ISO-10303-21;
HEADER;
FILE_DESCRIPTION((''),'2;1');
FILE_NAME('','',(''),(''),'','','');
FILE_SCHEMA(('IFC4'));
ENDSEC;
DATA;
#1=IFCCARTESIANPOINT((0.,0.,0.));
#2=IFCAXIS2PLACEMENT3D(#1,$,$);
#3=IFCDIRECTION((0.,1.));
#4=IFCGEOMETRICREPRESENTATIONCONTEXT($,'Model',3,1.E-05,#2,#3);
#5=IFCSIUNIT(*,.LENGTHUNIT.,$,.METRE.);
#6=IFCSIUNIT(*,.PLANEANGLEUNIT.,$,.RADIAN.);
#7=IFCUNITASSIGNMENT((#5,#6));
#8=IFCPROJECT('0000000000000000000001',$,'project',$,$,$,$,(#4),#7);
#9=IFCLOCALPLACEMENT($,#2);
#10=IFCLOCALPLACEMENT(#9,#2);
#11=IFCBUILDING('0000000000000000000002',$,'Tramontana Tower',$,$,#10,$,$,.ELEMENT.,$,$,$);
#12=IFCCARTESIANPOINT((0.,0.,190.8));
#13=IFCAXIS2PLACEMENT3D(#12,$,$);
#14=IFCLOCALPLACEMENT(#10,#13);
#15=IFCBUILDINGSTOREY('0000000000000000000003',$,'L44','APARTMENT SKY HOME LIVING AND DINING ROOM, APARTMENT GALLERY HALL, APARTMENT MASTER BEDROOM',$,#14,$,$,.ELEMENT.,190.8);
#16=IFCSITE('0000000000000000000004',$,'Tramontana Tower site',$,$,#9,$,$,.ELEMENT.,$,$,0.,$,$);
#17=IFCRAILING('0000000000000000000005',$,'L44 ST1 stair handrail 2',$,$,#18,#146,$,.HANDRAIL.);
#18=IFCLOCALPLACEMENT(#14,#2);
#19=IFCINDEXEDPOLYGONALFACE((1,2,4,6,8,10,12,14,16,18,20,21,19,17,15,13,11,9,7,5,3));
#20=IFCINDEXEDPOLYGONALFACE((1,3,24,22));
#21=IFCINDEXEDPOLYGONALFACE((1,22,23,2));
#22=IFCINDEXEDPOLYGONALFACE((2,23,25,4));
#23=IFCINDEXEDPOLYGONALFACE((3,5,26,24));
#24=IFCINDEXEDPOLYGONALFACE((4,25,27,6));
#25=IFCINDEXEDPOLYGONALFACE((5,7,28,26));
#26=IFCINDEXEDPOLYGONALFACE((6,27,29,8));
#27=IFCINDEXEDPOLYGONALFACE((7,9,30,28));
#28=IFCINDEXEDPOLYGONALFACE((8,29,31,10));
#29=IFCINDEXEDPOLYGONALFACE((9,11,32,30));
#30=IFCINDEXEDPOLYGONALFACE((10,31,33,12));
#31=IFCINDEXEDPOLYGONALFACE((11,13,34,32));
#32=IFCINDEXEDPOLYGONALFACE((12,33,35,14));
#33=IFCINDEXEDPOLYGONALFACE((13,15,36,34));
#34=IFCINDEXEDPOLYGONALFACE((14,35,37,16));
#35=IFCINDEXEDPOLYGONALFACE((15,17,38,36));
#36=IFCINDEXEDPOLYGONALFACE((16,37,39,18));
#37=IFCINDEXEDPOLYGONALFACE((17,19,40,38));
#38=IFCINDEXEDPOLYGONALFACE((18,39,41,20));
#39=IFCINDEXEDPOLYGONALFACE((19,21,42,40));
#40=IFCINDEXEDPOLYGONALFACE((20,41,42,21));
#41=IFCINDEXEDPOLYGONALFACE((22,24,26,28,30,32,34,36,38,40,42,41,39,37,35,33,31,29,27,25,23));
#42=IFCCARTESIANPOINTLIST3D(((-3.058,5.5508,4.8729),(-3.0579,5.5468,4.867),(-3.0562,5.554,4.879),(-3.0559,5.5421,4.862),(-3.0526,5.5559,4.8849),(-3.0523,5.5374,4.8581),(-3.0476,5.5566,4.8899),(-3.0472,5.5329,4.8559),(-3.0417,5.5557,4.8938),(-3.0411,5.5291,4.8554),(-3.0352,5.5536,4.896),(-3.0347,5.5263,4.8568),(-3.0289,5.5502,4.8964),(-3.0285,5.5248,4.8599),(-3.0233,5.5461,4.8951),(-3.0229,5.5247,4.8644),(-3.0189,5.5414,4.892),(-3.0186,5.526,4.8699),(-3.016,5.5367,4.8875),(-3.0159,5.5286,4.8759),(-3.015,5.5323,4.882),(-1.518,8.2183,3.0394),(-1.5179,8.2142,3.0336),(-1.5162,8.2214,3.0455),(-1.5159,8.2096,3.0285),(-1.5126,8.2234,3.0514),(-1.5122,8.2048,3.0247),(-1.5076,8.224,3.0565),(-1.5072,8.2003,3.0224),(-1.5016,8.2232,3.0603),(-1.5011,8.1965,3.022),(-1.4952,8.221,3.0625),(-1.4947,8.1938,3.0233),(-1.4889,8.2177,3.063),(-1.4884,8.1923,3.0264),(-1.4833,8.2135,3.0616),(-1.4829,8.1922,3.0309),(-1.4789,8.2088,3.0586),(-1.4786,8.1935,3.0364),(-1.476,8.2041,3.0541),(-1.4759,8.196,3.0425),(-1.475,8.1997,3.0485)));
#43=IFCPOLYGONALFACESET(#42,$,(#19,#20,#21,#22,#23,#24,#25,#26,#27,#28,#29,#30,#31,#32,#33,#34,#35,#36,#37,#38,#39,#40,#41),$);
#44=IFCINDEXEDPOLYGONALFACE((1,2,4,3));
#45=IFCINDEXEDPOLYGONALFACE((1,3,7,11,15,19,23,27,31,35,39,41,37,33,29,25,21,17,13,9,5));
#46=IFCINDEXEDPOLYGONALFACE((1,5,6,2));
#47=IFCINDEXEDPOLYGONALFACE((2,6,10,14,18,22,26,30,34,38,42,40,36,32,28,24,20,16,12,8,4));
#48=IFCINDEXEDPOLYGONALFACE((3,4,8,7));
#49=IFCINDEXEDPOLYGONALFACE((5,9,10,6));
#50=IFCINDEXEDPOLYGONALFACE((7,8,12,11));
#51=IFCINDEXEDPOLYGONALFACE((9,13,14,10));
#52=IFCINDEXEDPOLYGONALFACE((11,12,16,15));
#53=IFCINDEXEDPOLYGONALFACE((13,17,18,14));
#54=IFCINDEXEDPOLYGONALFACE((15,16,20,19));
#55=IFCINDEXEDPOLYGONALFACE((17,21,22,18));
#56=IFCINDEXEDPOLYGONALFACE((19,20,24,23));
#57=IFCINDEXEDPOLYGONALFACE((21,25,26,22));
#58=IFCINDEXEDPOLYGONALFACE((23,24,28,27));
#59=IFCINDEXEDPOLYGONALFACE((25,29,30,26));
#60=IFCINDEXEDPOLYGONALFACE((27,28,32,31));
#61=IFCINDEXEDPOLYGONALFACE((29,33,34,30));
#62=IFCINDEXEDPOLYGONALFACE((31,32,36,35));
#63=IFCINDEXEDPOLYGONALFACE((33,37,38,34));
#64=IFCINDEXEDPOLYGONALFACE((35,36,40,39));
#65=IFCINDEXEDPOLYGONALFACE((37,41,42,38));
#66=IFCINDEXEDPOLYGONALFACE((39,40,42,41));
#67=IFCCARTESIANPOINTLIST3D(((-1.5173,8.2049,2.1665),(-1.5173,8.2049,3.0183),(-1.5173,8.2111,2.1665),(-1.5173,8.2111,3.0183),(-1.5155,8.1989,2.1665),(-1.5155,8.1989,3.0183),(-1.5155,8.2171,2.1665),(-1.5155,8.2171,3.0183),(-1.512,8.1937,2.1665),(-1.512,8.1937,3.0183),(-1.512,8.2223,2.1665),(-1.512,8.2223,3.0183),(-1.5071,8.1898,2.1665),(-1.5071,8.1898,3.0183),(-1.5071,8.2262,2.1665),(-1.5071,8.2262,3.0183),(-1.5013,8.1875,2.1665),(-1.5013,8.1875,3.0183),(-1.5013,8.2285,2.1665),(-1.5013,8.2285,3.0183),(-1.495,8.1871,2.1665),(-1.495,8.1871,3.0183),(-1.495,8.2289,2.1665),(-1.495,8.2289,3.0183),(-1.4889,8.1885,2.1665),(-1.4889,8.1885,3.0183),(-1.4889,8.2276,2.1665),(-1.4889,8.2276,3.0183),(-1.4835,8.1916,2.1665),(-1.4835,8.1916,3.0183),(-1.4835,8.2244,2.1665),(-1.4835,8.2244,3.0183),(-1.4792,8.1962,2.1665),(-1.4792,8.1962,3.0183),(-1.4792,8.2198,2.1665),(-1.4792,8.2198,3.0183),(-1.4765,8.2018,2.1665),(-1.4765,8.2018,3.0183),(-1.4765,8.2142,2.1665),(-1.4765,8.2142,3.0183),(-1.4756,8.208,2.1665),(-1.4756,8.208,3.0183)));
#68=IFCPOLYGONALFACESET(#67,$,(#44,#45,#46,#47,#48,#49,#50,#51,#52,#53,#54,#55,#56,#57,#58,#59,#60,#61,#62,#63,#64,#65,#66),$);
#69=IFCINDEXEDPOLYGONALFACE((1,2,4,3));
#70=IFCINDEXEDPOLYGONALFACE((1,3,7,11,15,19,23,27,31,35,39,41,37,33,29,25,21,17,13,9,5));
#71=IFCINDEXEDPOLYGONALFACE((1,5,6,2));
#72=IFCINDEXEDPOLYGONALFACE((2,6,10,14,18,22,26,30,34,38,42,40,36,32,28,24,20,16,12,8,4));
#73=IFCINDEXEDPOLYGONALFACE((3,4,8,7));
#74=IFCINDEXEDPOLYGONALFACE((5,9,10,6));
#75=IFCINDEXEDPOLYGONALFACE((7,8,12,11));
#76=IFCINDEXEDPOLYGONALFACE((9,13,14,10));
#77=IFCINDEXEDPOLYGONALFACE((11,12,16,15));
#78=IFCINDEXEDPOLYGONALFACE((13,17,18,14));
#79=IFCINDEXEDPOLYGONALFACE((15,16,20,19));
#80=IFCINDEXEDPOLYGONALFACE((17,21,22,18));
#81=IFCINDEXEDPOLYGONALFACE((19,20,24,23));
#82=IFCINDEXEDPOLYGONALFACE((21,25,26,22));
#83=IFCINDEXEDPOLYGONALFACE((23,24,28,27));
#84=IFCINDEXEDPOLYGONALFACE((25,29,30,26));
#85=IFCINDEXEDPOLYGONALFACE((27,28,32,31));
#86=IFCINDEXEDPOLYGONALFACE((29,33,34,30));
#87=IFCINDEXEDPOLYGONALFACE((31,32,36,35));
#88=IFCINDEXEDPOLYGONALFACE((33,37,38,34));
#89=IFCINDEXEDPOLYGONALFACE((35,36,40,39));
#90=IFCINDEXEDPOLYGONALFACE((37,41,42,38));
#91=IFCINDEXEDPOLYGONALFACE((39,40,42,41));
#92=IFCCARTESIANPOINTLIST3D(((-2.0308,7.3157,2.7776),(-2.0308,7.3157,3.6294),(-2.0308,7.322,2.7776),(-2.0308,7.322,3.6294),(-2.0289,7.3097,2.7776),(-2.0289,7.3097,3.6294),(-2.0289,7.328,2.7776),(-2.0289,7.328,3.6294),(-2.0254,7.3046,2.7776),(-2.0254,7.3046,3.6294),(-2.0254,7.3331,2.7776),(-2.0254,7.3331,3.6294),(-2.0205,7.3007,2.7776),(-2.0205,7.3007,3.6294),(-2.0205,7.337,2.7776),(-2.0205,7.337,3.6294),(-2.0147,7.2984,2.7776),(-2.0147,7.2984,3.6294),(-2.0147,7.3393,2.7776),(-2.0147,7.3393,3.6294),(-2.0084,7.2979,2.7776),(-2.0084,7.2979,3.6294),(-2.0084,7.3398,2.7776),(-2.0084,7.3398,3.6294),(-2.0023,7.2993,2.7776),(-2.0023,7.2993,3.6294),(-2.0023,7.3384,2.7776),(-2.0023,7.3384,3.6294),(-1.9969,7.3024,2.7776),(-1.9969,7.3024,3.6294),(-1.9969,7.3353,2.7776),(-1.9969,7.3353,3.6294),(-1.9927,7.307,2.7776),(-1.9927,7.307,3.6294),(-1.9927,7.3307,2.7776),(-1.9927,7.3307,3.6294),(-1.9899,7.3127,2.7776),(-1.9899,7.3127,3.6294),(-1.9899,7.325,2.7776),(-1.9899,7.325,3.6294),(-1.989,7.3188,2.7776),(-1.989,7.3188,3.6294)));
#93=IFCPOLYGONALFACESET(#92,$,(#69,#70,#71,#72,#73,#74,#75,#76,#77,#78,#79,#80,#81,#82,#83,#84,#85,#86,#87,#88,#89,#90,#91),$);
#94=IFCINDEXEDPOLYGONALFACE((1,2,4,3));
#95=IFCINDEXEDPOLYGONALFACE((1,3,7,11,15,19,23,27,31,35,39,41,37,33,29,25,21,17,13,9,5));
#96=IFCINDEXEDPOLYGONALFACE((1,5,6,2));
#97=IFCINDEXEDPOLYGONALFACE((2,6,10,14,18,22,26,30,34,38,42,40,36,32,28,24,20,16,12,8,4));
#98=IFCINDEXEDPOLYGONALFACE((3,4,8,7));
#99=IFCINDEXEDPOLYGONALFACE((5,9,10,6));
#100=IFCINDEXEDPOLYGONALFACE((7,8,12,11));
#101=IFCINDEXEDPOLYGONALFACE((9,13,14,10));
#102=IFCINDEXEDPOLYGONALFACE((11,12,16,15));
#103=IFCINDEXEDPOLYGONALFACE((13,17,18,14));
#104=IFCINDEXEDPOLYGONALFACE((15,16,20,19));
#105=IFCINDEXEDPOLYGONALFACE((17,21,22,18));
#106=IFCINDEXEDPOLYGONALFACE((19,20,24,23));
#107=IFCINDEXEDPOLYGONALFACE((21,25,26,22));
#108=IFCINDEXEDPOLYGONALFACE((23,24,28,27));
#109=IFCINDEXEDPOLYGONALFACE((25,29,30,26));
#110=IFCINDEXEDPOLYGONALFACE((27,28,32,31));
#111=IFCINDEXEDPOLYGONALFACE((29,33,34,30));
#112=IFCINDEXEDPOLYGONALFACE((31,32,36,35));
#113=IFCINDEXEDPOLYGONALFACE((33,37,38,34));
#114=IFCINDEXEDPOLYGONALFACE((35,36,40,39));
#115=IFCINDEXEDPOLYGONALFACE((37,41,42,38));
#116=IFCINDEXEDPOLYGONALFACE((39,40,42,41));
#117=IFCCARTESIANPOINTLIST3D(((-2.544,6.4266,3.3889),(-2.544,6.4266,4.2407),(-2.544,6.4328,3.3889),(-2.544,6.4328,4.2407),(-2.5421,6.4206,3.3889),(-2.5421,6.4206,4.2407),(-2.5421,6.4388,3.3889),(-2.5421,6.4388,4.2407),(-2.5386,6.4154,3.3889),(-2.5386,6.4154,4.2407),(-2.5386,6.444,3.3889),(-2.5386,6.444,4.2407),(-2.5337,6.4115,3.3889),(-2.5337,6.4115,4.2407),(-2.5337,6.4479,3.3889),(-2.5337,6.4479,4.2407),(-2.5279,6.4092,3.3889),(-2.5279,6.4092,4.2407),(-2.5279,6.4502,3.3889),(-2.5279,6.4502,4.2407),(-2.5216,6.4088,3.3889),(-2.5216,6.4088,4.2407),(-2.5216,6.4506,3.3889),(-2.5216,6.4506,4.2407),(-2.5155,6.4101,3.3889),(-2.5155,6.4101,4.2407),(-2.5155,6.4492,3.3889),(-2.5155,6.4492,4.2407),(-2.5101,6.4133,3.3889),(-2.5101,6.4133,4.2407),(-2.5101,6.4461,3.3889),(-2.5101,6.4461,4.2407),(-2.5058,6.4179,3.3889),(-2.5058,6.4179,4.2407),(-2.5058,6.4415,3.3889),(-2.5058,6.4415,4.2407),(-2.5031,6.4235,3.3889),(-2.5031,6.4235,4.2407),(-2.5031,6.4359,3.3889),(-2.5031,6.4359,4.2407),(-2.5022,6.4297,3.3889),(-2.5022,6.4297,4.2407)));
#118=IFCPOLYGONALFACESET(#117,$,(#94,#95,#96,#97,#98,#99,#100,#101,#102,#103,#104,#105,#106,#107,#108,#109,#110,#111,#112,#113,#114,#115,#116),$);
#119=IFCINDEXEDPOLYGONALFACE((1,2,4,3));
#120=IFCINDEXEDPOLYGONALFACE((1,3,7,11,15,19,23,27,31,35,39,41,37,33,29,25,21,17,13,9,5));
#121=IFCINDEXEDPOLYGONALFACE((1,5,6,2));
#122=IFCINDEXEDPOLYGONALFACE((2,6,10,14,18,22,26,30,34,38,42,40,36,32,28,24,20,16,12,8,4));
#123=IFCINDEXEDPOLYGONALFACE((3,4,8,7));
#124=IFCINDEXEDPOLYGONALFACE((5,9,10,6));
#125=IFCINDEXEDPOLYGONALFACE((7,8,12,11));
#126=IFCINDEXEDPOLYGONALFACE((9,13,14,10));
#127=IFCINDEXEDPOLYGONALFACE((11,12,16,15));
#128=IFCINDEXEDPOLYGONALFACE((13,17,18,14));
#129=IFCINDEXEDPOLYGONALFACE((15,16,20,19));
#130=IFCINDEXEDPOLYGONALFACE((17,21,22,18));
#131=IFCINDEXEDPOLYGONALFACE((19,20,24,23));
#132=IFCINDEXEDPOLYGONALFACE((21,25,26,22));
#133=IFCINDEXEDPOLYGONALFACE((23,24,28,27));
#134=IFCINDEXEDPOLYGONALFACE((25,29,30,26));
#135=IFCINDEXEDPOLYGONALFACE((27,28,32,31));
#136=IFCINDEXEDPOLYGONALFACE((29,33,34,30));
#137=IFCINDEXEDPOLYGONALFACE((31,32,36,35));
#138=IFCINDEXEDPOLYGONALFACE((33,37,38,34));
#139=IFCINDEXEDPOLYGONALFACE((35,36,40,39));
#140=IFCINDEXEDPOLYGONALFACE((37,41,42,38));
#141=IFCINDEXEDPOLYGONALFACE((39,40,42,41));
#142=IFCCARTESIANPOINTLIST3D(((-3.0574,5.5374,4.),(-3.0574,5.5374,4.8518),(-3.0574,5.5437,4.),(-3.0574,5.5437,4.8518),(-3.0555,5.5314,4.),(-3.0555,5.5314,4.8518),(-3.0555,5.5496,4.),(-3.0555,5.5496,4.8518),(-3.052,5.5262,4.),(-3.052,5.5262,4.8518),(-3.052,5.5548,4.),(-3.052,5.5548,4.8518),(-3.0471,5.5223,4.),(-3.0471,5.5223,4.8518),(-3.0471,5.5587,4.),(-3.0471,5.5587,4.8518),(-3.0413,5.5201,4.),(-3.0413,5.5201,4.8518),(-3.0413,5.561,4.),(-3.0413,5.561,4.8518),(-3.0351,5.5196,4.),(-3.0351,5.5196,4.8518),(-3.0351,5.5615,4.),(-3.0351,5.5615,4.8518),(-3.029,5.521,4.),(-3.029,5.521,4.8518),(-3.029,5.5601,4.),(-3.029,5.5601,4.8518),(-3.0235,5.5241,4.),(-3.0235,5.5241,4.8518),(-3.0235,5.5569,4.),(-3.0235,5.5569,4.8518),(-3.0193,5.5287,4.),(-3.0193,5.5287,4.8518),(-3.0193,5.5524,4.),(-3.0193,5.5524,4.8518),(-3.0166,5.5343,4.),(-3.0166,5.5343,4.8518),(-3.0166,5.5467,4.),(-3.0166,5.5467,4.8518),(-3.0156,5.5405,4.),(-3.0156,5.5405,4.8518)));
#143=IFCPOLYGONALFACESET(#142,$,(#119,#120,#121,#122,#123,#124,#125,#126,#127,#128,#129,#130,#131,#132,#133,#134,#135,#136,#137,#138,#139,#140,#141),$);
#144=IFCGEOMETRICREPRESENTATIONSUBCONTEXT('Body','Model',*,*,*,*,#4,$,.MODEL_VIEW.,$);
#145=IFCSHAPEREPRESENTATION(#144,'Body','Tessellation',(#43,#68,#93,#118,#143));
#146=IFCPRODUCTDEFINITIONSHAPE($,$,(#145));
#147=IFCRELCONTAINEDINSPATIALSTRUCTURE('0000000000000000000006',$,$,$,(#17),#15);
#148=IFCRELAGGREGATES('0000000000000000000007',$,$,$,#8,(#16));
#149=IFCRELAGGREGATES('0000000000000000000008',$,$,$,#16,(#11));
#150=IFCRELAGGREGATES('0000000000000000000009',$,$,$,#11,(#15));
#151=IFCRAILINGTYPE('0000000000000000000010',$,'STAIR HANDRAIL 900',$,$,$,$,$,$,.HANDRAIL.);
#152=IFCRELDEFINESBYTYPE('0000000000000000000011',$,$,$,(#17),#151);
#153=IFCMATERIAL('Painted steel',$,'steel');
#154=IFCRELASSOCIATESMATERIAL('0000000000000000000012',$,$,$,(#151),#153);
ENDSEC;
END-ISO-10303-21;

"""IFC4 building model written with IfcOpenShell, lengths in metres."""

from ifc_helpers import new_model, si_unit, direction, frame, origin, origin_2d, place, context, subcontext, project, spatial, circle, extrude, material, type_object, element, save


model = new_model("IFC4")

# Units and contexts
model_context = context("Model", 3, precision=1e-05, world=origin(), true_north=direction((0.0, 1.0)))
body_context = subcontext(model_context, "Body", "Model", "MODEL_VIEW")
ifc_project = project(units=[si_unit("LENGTHUNIT", "METRE"), si_unit("PLANEANGLEUNIT", "RADIAN")], contexts=[model_context])

# Site, building, storey
site_placement = place(None, origin())
site = spatial("IfcSite", under=ifc_project, at=site_placement, Name="Tramontana Tower site", CompositionType="ELEMENT", RefElevation=0.0)
building_placement = place(site_placement, origin())
building = spatial("IfcBuilding", under=site, at=building_placement, Name="Tramontana Tower", CompositionType="ELEMENT")
storey_placement = place(building_placement, frame((0.0, 0.0, 190.8)))
storey = spatial("IfcBuildingStorey", under=building, at=storey_placement, Name="L44", Description="APARTMENT SKY HOME LIVING AND DINING ROOM, APARTMENT GALLERY HALL, APARTMENT MASTER BEDROOM", CompositionType="ELEMENT", Elevation=190.8)

# Railing
ifc_material_1 = material(Name="Painted steel", Category="steel")
railing_type_1 = type_object("IfcRailingType", Name="STAIR HANDRAIL 900", PredefinedType="HANDRAIL", material=ifc_material_1)
railing_1_placement = place(storey_placement, frame((-1.4966, 8.208, 2.1665)))
element("IfcRailing", 1, at=railing_1_placement, inside=storey, type_object=railing_type_1, Name="L44 ST1 stair handrail 2", PredefinedType="HANDRAIL", context=body_context, shape_type="SweptSolid", body=[
    extrude(circle(Radius=0.0239, at=origin_2d()), frame((0.0, 0.0, 0.876), z_axis=(-0.429634, -0.744164, 0.511502), x_axis=(0.86603, -0.499992, 0.0)), (0.0, 0.0, 1.0), 3.5845),
    extrude(circle(Radius=0.021, at=origin_2d()), origin(), (0.0, 0.0, 1.0), 0.8518),
    extrude(circle(Radius=0.021, at=origin_2d()), frame((-0.5134, -0.8892, 0.6111)), (0.0, 0.0, 1.0), 0.8518),
    extrude(circle(Radius=0.021, at=origin_2d()), frame((-1.0266, -1.7783, 1.2224)), (0.0, 0.0, 1.0), 0.8518),
    extrude(circle(Radius=0.021, at=origin_2d()), frame((-1.54, -2.6675, 1.8335)), (0.0, 0.0, 1.0), 0.8518),
])

save(model, "model.ifc")
